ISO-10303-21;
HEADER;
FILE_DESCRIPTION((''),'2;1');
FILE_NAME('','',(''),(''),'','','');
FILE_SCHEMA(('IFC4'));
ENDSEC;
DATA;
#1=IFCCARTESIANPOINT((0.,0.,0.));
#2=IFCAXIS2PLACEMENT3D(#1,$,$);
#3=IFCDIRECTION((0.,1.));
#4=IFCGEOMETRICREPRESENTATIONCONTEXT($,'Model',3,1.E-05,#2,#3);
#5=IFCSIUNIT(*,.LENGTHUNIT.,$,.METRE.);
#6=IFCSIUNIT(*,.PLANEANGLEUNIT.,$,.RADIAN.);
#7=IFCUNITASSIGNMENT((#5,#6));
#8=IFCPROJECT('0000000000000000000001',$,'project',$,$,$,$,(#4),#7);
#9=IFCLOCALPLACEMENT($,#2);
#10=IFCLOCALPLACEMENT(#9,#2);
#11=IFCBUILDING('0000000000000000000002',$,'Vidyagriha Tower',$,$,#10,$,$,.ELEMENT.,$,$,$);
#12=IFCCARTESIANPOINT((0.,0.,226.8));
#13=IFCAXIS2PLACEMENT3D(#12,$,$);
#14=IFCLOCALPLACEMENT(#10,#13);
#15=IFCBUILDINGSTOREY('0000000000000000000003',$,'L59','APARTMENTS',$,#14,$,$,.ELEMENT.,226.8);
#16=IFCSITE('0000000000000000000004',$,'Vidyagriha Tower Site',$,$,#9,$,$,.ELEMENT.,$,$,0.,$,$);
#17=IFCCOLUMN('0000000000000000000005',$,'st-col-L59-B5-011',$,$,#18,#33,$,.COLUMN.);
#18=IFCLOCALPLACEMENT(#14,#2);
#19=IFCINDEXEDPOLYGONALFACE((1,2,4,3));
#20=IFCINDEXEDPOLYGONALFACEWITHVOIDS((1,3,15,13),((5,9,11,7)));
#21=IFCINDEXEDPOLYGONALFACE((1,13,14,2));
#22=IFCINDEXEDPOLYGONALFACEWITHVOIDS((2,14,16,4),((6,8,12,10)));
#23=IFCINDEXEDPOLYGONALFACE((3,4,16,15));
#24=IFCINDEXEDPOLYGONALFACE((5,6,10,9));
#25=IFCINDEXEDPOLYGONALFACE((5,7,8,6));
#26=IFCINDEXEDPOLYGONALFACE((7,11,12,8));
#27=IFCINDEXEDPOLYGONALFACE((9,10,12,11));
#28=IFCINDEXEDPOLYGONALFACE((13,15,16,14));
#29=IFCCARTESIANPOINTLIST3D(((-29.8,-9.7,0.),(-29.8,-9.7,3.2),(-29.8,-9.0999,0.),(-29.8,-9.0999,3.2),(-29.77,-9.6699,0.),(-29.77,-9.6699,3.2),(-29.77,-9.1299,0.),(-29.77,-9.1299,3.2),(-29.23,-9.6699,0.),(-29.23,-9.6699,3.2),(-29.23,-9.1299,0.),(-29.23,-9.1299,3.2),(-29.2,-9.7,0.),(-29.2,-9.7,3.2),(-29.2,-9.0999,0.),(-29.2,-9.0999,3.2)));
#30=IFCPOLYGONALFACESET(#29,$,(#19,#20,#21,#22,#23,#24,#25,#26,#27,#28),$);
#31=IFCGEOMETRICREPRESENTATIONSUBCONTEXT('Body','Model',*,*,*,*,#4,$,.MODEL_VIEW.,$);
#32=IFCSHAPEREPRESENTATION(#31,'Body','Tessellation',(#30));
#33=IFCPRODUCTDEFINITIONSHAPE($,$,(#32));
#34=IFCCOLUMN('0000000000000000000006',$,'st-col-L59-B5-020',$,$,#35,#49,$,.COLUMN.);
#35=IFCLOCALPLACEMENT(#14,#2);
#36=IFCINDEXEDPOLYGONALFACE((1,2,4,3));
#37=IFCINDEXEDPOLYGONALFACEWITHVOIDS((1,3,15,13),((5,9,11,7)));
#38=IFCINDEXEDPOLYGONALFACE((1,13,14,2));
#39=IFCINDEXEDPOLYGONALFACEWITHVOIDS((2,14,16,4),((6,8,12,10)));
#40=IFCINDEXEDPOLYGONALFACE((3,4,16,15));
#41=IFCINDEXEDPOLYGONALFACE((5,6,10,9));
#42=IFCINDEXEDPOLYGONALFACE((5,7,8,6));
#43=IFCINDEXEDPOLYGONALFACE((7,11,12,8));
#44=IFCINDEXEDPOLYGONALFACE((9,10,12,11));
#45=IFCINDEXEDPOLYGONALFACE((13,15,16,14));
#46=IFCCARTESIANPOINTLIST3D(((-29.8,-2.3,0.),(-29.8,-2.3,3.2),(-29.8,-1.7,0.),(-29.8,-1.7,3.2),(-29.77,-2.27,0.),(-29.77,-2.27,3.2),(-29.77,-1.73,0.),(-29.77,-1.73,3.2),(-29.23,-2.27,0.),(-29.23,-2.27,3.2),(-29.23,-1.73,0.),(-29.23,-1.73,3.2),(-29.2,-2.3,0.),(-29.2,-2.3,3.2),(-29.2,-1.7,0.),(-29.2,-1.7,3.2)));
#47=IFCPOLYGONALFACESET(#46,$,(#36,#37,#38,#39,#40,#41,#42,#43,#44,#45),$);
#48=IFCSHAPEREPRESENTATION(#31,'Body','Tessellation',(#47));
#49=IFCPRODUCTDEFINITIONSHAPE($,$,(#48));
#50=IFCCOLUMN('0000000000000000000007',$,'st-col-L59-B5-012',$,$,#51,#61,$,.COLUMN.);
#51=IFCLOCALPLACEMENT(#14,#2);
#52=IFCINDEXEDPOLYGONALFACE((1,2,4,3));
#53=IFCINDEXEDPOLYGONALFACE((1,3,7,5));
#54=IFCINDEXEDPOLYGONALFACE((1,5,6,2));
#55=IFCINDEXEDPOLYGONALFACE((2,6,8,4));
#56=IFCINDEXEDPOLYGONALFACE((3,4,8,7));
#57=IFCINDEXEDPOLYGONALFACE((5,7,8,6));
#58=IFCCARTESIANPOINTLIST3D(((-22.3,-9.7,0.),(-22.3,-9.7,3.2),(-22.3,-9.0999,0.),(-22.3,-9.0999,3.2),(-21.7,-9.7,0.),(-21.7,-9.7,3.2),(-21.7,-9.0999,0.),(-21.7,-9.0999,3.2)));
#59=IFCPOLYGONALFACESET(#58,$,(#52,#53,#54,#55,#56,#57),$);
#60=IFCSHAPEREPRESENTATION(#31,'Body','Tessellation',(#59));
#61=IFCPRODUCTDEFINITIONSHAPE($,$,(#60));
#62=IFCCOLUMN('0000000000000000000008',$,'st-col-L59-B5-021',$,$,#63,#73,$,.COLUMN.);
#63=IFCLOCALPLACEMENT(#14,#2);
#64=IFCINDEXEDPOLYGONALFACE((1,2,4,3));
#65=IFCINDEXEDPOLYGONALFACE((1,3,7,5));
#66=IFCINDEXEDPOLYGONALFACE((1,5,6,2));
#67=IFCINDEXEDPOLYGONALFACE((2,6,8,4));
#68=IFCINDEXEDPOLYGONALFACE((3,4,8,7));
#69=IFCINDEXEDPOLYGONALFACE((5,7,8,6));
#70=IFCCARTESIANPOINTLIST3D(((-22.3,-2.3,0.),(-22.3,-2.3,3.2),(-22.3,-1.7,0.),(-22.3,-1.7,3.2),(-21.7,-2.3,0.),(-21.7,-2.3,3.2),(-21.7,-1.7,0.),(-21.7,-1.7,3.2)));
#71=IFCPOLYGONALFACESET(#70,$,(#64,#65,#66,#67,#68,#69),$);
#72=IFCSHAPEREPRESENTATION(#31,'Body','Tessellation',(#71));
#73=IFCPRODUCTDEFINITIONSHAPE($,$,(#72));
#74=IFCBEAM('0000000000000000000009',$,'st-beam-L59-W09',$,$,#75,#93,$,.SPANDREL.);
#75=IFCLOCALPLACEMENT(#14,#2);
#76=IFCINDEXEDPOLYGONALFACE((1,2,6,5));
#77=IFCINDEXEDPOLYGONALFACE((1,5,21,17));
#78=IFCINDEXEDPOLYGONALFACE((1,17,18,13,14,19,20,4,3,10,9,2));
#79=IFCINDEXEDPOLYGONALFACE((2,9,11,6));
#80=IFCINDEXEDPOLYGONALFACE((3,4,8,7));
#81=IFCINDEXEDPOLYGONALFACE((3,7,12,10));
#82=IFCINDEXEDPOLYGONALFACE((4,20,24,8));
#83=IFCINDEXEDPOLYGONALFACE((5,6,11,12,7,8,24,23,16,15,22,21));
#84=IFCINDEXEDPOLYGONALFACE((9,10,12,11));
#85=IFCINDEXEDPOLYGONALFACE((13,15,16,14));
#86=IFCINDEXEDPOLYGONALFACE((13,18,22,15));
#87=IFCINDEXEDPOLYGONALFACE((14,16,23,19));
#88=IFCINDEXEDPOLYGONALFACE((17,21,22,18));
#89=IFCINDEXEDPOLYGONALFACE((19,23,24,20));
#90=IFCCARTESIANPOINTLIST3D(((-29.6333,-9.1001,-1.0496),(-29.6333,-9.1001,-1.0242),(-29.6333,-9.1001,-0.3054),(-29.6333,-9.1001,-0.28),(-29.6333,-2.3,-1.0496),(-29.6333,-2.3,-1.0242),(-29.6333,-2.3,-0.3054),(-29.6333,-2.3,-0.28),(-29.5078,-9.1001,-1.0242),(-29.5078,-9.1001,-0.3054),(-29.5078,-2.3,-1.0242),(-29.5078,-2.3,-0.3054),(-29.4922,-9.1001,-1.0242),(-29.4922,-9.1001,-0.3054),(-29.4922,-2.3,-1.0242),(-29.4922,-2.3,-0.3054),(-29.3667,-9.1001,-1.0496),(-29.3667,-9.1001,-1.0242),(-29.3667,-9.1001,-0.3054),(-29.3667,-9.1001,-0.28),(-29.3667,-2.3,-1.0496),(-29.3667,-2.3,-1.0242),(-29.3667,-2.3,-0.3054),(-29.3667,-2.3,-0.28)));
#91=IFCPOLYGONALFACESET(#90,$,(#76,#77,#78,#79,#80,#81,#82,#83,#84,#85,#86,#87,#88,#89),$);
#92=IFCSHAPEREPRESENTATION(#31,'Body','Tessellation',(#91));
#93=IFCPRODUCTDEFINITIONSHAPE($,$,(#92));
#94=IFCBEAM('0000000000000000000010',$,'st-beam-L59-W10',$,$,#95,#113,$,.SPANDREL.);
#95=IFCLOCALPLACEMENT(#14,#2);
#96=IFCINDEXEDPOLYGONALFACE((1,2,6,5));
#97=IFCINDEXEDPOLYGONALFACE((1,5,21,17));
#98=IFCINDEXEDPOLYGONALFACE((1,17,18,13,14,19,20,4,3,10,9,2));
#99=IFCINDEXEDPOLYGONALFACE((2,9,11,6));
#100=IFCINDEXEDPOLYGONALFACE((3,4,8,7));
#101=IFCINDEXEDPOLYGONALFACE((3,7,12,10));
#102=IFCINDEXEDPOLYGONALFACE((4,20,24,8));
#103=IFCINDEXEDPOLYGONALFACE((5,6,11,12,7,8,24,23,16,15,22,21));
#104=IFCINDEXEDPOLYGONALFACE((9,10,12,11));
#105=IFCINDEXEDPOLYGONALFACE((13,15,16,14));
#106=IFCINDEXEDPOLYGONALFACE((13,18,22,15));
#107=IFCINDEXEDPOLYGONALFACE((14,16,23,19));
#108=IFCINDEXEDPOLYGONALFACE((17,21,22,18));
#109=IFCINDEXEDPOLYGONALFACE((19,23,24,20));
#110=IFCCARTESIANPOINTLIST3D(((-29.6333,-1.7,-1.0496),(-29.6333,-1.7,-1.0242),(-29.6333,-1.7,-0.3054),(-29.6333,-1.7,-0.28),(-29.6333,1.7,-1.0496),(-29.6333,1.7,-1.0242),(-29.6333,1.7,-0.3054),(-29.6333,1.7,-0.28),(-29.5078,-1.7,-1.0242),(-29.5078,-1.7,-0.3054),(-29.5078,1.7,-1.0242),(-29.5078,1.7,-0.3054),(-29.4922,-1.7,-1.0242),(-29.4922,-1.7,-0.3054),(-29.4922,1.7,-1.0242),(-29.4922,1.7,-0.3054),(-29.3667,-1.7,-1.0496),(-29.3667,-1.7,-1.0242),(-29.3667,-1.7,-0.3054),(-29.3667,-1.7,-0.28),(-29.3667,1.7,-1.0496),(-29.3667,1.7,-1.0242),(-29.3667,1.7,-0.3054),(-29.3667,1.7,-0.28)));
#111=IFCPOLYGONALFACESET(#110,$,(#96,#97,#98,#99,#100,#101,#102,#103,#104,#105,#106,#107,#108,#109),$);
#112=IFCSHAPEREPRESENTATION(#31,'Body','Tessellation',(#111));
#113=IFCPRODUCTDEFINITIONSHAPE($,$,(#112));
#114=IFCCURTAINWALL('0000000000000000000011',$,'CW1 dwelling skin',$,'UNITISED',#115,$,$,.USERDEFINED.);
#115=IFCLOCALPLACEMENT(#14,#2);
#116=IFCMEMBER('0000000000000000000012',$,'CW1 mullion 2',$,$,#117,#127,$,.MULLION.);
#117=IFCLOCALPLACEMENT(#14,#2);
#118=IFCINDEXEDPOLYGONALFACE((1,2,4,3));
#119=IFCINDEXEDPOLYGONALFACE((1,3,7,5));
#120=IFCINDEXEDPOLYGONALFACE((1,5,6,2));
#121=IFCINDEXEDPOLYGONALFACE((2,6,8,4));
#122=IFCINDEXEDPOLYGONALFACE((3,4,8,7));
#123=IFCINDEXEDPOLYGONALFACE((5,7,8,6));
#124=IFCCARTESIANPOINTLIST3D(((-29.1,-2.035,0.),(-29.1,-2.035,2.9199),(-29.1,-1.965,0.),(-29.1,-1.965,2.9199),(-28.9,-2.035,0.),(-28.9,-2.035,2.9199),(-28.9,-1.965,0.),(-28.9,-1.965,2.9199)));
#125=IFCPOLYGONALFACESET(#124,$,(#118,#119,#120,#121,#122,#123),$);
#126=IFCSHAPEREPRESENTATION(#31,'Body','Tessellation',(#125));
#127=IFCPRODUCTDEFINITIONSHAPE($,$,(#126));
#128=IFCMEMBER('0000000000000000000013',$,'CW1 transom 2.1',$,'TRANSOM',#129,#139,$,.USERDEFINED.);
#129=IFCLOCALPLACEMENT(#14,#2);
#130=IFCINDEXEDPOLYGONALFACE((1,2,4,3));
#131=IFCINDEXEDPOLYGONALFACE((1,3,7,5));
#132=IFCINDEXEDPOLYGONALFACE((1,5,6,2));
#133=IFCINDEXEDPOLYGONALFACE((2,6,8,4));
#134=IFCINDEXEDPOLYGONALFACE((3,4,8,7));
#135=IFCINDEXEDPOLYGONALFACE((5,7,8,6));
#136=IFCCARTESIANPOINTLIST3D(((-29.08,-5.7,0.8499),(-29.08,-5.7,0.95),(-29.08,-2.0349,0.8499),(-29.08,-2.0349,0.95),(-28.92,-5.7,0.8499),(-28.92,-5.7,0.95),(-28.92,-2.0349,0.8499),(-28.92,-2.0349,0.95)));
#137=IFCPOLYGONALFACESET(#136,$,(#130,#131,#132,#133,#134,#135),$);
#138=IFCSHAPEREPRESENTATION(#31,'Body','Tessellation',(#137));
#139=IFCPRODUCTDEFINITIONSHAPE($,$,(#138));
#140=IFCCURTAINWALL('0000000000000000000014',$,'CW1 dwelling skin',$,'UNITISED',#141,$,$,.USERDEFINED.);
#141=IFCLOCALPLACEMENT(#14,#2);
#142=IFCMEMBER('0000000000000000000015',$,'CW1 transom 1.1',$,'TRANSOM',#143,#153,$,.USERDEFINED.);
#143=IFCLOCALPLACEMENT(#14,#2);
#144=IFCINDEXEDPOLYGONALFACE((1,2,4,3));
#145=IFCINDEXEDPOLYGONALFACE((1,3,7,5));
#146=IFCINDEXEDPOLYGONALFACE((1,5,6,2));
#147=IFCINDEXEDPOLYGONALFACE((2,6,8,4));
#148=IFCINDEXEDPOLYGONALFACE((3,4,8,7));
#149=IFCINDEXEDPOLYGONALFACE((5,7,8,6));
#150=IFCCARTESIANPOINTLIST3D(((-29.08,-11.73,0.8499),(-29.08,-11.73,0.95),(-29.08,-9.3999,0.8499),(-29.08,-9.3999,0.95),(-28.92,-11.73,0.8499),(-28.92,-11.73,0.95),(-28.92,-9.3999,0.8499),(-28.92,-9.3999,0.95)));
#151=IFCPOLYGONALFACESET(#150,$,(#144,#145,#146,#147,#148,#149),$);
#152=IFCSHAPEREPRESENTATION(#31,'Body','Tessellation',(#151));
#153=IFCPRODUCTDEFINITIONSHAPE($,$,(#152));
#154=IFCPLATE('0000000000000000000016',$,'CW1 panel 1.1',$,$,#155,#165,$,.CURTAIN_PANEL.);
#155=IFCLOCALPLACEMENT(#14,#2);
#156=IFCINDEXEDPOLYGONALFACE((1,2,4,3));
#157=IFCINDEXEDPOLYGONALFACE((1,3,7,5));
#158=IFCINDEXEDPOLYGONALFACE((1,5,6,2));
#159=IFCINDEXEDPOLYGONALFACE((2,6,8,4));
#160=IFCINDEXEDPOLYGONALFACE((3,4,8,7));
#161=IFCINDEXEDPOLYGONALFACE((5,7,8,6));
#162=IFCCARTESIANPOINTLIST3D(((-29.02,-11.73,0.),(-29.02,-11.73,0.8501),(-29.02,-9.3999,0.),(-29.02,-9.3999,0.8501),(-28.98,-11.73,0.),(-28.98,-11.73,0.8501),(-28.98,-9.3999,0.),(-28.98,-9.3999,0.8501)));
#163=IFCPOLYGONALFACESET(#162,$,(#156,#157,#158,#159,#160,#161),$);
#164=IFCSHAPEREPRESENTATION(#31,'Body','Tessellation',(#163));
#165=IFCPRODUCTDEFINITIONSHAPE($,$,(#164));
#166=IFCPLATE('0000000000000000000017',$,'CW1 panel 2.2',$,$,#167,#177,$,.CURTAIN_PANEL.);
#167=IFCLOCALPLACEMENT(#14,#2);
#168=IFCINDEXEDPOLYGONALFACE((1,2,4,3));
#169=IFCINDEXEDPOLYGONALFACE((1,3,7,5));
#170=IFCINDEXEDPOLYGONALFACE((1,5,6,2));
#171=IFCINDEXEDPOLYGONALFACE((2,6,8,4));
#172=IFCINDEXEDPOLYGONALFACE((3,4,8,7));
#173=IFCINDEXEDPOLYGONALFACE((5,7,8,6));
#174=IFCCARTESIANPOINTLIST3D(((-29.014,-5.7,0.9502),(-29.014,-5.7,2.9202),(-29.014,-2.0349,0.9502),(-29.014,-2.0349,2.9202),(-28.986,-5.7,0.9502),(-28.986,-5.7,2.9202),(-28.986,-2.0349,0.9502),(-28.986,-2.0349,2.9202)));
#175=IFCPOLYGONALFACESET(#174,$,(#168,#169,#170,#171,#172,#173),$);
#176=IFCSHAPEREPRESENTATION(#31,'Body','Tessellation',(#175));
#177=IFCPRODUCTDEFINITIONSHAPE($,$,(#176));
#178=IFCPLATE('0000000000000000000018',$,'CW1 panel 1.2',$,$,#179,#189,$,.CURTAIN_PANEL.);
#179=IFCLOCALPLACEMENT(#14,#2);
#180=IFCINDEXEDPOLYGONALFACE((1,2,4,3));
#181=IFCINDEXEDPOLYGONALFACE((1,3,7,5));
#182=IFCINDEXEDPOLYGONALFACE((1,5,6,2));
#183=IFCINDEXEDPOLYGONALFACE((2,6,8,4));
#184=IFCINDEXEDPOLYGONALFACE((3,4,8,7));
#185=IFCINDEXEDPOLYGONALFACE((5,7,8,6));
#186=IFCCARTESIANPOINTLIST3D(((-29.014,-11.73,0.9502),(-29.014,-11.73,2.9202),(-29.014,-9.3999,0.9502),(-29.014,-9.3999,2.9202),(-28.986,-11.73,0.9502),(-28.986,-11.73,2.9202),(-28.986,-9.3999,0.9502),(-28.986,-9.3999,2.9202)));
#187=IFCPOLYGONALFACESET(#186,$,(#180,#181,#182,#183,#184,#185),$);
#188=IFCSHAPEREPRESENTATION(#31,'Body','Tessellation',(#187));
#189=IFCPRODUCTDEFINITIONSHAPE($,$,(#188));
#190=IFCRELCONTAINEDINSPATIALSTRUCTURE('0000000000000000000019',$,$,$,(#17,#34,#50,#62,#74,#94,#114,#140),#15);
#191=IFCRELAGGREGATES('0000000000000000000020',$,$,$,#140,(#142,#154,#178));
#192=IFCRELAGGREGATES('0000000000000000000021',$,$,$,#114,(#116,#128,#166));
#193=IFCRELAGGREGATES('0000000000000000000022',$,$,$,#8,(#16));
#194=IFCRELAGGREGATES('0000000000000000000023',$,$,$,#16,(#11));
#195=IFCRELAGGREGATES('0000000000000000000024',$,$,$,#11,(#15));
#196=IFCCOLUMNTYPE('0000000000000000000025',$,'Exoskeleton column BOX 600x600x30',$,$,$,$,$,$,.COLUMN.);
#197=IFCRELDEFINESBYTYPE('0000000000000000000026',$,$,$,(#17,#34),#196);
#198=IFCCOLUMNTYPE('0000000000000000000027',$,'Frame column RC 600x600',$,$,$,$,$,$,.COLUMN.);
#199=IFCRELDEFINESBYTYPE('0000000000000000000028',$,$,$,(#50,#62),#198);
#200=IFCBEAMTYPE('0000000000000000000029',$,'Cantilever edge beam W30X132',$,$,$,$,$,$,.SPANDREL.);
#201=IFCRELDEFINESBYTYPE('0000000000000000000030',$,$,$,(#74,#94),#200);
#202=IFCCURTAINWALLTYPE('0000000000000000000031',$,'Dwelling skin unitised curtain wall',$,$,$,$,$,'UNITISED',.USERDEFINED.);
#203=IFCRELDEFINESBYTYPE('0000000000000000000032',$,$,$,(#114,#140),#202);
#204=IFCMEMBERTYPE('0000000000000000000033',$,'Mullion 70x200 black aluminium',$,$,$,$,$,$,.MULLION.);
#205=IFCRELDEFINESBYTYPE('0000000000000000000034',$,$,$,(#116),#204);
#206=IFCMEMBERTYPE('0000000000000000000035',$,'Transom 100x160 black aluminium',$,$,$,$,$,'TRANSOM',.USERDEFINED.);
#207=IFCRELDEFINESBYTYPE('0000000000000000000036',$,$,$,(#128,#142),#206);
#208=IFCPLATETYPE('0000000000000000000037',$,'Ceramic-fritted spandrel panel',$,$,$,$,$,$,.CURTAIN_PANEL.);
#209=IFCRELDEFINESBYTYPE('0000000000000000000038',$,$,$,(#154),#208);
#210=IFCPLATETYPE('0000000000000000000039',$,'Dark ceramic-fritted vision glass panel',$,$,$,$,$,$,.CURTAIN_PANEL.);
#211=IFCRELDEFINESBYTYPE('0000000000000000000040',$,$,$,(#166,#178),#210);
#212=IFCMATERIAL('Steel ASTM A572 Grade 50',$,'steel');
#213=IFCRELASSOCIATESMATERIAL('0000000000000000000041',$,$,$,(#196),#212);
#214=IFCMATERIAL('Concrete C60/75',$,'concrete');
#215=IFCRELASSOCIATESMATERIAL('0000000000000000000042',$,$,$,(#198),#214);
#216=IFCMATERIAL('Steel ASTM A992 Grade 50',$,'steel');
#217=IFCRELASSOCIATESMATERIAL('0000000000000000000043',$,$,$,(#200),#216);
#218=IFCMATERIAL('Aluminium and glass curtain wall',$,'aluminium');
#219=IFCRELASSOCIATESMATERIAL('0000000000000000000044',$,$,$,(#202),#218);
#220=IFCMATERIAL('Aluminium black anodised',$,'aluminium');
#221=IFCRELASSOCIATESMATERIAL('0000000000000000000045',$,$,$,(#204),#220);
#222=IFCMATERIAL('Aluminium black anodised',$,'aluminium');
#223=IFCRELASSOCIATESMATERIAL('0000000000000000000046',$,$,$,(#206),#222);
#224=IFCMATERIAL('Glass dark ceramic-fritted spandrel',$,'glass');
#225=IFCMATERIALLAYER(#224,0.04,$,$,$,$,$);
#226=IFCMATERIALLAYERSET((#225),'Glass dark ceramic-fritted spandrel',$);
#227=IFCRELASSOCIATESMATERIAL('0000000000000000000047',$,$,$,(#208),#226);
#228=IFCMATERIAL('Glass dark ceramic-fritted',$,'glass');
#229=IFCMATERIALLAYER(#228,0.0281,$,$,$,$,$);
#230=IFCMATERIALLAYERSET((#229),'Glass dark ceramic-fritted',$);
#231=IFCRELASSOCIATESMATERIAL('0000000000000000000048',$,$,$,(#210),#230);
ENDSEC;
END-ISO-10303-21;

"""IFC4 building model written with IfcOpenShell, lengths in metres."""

from ifc_helpers import new_model, si_unit, direction, frame, origin, origin_2d, place, context, subcontext, project, spatial, rectangle, hollow_rectangle, i_section, extrude, material, layer, layer_set, material_profile, profile_set, type_object, element, aggregate, save


model = new_model("IFC4")

# Units and contexts
model_context = context("Model", 3, precision=1e-05, world=origin(), true_north=direction((0.0, 1.0)))
body_context = subcontext(model_context, "Body", "Model", "MODEL_VIEW")
ifc_project = project(units=[si_unit("LENGTHUNIT", "METRE"), si_unit("PLANEANGLEUNIT", "RADIAN")], contexts=[model_context])

# Site, building, storey
site_placement = place(None, origin())
site = spatial("IfcSite", under=ifc_project, at=site_placement, Name="Vidyagriha Tower Site", CompositionType="ELEMENT", RefElevation=0.0)
building_placement = place(site_placement, origin())
building = spatial("IfcBuilding", under=site, at=building_placement, Name="Vidyagriha Tower", CompositionType="ELEMENT")
storey_placement = place(building_placement, frame((0.0, 0.0, 226.8)))
storey = spatial("IfcBuildingStorey", under=building, at=storey_placement, Name="L59", Description="APARTMENTS", CompositionType="ELEMENT", Elevation=226.8)

# Columns
ifc_material_1 = material(Name="Steel ASTM A572 Grade 50", Category="steel")
ifc_material_profile_1 = material_profile(ifc_material_1, hollow_rectangle(XDim=0.6001, YDim=0.6001, WallThickness=0.03, at=origin_2d()), Name="BOX 600x600x30")
ifc_profile_set_1 = profile_set([ifc_material_profile_1], Name="Steel ASTM A572 Grade 50")
column_type_1 = type_object("IfcColumnType", Name="Exoskeleton column BOX 600x600x30", PredefinedType="COLUMN", material=ifc_profile_set_1)
for number, where, name in (
    (1, (-29.5, -9.3999, 0.0), "st-col-L59-B5-011"),
    (2, (-29.5, -2.0, 0.0), "st-col-L59-B5-020"),
):
    element("IfcColumn", number, at=place(storey_placement, frame(where)), inside=storey, type_object=column_type_1, Name=name, PredefinedType="COLUMN", context=body_context, shape_type="SweptSolid", body=[
        extrude(hollow_rectangle(XDim=0.6001, YDim=0.6001, WallThickness=0.03, at=origin_2d()), origin(), (0.0, 0.0, 1.0), 3.2),
    ])
ifc_material_2 = material(Name="Concrete C60/75", Category="concrete")
ifc_material_profile_2 = material_profile(ifc_material_2, rectangle(XDim=0.6001, YDim=0.6001, at=origin_2d()), Name="RC 600x600")
ifc_profile_set_2 = profile_set([ifc_material_profile_2], Name="Concrete C60/75")
column_type_2 = type_object("IfcColumnType", Name="Frame column RC 600x600", PredefinedType="COLUMN", material=ifc_profile_set_2)
for number, where, name in (
    (3, (-22.0, -9.3999, 0.0), "st-col-L59-B5-012"),
    (4, (-22.0, -2.0, 0.0), "st-col-L59-B5-021"),
):
    element("IfcColumn", number, at=place(storey_placement, frame(where)), inside=storey, type_object=column_type_2, Name=name, PredefinedType="COLUMN", context=body_context, shape_type="SweptSolid", body=[
        extrude(rectangle(XDim=0.6001, YDim=0.6001, at=origin_2d()), origin(), (0.0, 0.0, 1.0), 3.2),
    ])

# Beams
ifc_material_3 = material(Name="Steel ASTM A992 Grade 50", Category="steel")
ifc_material_profile_3 = material_profile(ifc_material_3, i_section(OverallWidth=0.2666, OverallDepth=0.7695, WebThickness=0.0156, FlangeThickness=0.0254, at=origin_2d()), Name="W30X132")
ifc_profile_set_3 = profile_set([ifc_material_profile_3], Name="Steel ASTM A992 Grade 50")
beam_type = type_object("IfcBeamType", Name="Cantilever edge beam W30X132", PredefinedType="SPANDREL", material=ifc_profile_set_3)
beam_1_placement = place(storey_placement, frame((-29.5, -9.1001, -0.6648), z_axis=(0.0, 1.0, 0.0), x_axis=(-1.0, 0.0, 0.0)))
element("IfcBeam", 5, at=beam_1_placement, inside=storey, type_object=beam_type, Name="st-beam-L59-W09", PredefinedType="SPANDREL", context=body_context, shape_type="SweptSolid", body=[
    extrude(i_section(OverallWidth=0.2666, OverallDepth=0.7695, WebThickness=0.0156, FlangeThickness=0.0254, at=origin_2d()), origin(), (0.0, 0.0, 1.0), 6.8),
])
beam_2_placement = place(storey_placement, frame((-29.5, -1.7, -0.6648), z_axis=(0.0, 1.0, 0.0), x_axis=(-1.0, 0.0, 0.0)))
element("IfcBeam", 6, at=beam_2_placement, inside=storey, type_object=beam_type, Name="st-beam-L59-W10", PredefinedType="SPANDREL", context=body_context, shape_type="SweptSolid", body=[
    extrude(i_section(OverallWidth=0.2666, OverallDepth=0.7695, WebThickness=0.0156, FlangeThickness=0.0254, at=origin_2d()), origin(), (0.0, 0.0, 1.0), 3.3999),
])

# Curtain wall, members
ifc_material_4 = material(Name="Aluminium and glass curtain wall", Category="aluminium")
curtain_wall_type = type_object("IfcCurtainWallType", Name="Dwelling skin unitised curtain wall", ElementType="UNITISED", PredefinedType="USERDEFINED", material=ifc_material_4)
curtain_wall_1_placement = place(storey_placement, origin())
curtain_wall_1 = element("IfcCurtainWall", 7, at=curtain_wall_1_placement, inside=storey, type_object=curtain_wall_type, Name="CW1 dwelling skin", ObjectType="UNITISED", PredefinedType="USERDEFINED")
ifc_material_5 = material(Name="Aluminium black anodised", Category="aluminium")
ifc_material_profile_4 = material_profile(ifc_material_5, rectangle(XDim=0.2, YDim=0.0701, at=origin_2d()), Name="Mullion 70x200 black aluminium")
ifc_profile_set_4 = profile_set([ifc_material_profile_4], Name="Aluminium black anodised")
member_type_1 = type_object("IfcMemberType", Name="Mullion 70x200 black aluminium", PredefinedType="MULLION", material=ifc_profile_set_4)
member_1_placement = place(storey_placement, frame((-29.0, -2.0, 0.0)))
member_1 = element("IfcMember", 8, at=member_1_placement, type_object=member_type_1, Name="CW1 mullion 2", PredefinedType="MULLION", context=body_context, shape_type="SweptSolid", body=[
    extrude(rectangle(XDim=0.2, YDim=0.0701, at=origin_2d()), origin(), (0.0, 0.0, 1.0), 2.9199),
])
ifc_material_6 = material(Name="Aluminium black anodised", Category="aluminium")
ifc_material_profile_5 = material_profile(ifc_material_6, rectangle(XDim=0.1599, YDim=0.1001, at=origin_2d()), Name="Transom 100x160 black aluminium")
ifc_profile_set_5 = profile_set([ifc_material_profile_5], Name="Aluminium black anodised")
member_type_2 = type_object("IfcMemberType", Name="Transom 100x160 black aluminium", ElementType="TRANSOM", PredefinedType="USERDEFINED", material=ifc_profile_set_5)
member_2_placement = place(storey_placement, frame((-29.0, -2.0349, 0.8999), z_axis=(0.0, -1.0, 0.0), x_axis=(1.0, 0.0, 0.0)))
member_2 = element("IfcMember", 9, at=member_2_placement, type_object=member_type_2, Name="CW1 transom 2.1", ObjectType="TRANSOM", PredefinedType="USERDEFINED", context=body_context, shape_type="SweptSolid", body=[
    extrude(rectangle(XDim=0.1599, YDim=0.1001, at=origin_2d()), origin(), (0.0, 0.0, 1.0), 3.665),
])

# Curtain wall, member, plate
curtain_wall_2_placement = place(storey_placement, origin())
curtain_wall_2 = element("IfcCurtainWall", 10, at=curtain_wall_2_placement, inside=storey, type_object=curtain_wall_type, Name="CW1 dwelling skin", ObjectType="UNITISED", PredefinedType="USERDEFINED")
member_3_placement = place(storey_placement, frame((-29.0, -9.3999, 0.8999), z_axis=(0.0, -1.0, 0.0), x_axis=(1.0, 0.0, 0.0)))
member_3 = element("IfcMember", 11, at=member_3_placement, type_object=member_type_2, Name="CW1 transom 1.1", ObjectType="TRANSOM", PredefinedType="USERDEFINED", context=body_context, shape_type="SweptSolid", body=[
    extrude(rectangle(XDim=0.1599, YDim=0.1001, at=origin_2d()), origin(), (0.0, 0.0, 1.0), 2.3301),
])
ifc_material_7 = material(Name="Glass dark ceramic-fritted spandrel", Category="glass")
ifc_layer_1 = layer(ifc_material_7, 0.04)
ifc_layer_set_1 = layer_set([ifc_layer_1], Name="Glass dark ceramic-fritted spandrel")
plate_type_1 = type_object("IfcPlateType", Name="Ceramic-fritted spandrel panel", PredefinedType="CURTAIN_PANEL", material=ifc_layer_set_1)
plate_1_placement = place(storey_placement, frame((-29.0, -10.5649, 0.0), z_axis=(0.0, 0.0, 1.0), x_axis=(0.0, -1.0, 0.0)))
plate_1 = element("IfcPlate", 12, at=plate_1_placement, type_object=plate_type_1, Name="CW1 panel 1.1", PredefinedType="CURTAIN_PANEL", context=body_context, shape_type="SweptSolid", body=[
    extrude(rectangle(XDim=2.3301, YDim=0.04, at=origin_2d()), origin(), (0.0, 0.0, 1.0), 0.8501),
])

# Plates
ifc_material_8 = material(Name="Glass dark ceramic-fritted", Category="glass")
ifc_layer_2 = layer(ifc_material_8, 0.0281)
ifc_layer_set_2 = layer_set([ifc_layer_2], Name="Glass dark ceramic-fritted")
plate_type_2 = type_object("IfcPlateType", Name="Dark ceramic-fritted vision glass panel", PredefinedType="CURTAIN_PANEL", material=ifc_layer_set_2)
plate_2_placement = place(storey_placement, frame((-29.0, -3.8674, 0.9502), z_axis=(0.0, 0.0, 1.0), x_axis=(0.0, -1.0, 0.0)))
plate_2 = element("IfcPlate", 13, at=plate_2_placement, type_object=plate_type_2, Name="CW1 panel 2.2", PredefinedType="CURTAIN_PANEL", context=body_context, shape_type="SweptSolid", body=[
    extrude(rectangle(XDim=3.665, YDim=0.0281, at=origin_2d()), origin(), (0.0, 0.0, 1.0), 1.97),
])
plate_3_placement = place(storey_placement, frame((-29.0, -10.5649, 0.9502), z_axis=(0.0, 0.0, 1.0), x_axis=(0.0, -1.0, 0.0)))
plate_3 = element("IfcPlate", 14, at=plate_3_placement, type_object=plate_type_2, Name="CW1 panel 1.2", PredefinedType="CURTAIN_PANEL", context=body_context, shape_type="SweptSolid", body=[
    extrude(rectangle(XDim=2.3301, YDim=0.0281, at=origin_2d()), origin(), (0.0, 0.0, 1.0), 1.97),
])
aggregate(curtain_wall_2, [member_3, plate_1, plate_3])
aggregate(curtain_wall_1, [member_1, member_2, plate_2])

save(model, "model.ifc")
